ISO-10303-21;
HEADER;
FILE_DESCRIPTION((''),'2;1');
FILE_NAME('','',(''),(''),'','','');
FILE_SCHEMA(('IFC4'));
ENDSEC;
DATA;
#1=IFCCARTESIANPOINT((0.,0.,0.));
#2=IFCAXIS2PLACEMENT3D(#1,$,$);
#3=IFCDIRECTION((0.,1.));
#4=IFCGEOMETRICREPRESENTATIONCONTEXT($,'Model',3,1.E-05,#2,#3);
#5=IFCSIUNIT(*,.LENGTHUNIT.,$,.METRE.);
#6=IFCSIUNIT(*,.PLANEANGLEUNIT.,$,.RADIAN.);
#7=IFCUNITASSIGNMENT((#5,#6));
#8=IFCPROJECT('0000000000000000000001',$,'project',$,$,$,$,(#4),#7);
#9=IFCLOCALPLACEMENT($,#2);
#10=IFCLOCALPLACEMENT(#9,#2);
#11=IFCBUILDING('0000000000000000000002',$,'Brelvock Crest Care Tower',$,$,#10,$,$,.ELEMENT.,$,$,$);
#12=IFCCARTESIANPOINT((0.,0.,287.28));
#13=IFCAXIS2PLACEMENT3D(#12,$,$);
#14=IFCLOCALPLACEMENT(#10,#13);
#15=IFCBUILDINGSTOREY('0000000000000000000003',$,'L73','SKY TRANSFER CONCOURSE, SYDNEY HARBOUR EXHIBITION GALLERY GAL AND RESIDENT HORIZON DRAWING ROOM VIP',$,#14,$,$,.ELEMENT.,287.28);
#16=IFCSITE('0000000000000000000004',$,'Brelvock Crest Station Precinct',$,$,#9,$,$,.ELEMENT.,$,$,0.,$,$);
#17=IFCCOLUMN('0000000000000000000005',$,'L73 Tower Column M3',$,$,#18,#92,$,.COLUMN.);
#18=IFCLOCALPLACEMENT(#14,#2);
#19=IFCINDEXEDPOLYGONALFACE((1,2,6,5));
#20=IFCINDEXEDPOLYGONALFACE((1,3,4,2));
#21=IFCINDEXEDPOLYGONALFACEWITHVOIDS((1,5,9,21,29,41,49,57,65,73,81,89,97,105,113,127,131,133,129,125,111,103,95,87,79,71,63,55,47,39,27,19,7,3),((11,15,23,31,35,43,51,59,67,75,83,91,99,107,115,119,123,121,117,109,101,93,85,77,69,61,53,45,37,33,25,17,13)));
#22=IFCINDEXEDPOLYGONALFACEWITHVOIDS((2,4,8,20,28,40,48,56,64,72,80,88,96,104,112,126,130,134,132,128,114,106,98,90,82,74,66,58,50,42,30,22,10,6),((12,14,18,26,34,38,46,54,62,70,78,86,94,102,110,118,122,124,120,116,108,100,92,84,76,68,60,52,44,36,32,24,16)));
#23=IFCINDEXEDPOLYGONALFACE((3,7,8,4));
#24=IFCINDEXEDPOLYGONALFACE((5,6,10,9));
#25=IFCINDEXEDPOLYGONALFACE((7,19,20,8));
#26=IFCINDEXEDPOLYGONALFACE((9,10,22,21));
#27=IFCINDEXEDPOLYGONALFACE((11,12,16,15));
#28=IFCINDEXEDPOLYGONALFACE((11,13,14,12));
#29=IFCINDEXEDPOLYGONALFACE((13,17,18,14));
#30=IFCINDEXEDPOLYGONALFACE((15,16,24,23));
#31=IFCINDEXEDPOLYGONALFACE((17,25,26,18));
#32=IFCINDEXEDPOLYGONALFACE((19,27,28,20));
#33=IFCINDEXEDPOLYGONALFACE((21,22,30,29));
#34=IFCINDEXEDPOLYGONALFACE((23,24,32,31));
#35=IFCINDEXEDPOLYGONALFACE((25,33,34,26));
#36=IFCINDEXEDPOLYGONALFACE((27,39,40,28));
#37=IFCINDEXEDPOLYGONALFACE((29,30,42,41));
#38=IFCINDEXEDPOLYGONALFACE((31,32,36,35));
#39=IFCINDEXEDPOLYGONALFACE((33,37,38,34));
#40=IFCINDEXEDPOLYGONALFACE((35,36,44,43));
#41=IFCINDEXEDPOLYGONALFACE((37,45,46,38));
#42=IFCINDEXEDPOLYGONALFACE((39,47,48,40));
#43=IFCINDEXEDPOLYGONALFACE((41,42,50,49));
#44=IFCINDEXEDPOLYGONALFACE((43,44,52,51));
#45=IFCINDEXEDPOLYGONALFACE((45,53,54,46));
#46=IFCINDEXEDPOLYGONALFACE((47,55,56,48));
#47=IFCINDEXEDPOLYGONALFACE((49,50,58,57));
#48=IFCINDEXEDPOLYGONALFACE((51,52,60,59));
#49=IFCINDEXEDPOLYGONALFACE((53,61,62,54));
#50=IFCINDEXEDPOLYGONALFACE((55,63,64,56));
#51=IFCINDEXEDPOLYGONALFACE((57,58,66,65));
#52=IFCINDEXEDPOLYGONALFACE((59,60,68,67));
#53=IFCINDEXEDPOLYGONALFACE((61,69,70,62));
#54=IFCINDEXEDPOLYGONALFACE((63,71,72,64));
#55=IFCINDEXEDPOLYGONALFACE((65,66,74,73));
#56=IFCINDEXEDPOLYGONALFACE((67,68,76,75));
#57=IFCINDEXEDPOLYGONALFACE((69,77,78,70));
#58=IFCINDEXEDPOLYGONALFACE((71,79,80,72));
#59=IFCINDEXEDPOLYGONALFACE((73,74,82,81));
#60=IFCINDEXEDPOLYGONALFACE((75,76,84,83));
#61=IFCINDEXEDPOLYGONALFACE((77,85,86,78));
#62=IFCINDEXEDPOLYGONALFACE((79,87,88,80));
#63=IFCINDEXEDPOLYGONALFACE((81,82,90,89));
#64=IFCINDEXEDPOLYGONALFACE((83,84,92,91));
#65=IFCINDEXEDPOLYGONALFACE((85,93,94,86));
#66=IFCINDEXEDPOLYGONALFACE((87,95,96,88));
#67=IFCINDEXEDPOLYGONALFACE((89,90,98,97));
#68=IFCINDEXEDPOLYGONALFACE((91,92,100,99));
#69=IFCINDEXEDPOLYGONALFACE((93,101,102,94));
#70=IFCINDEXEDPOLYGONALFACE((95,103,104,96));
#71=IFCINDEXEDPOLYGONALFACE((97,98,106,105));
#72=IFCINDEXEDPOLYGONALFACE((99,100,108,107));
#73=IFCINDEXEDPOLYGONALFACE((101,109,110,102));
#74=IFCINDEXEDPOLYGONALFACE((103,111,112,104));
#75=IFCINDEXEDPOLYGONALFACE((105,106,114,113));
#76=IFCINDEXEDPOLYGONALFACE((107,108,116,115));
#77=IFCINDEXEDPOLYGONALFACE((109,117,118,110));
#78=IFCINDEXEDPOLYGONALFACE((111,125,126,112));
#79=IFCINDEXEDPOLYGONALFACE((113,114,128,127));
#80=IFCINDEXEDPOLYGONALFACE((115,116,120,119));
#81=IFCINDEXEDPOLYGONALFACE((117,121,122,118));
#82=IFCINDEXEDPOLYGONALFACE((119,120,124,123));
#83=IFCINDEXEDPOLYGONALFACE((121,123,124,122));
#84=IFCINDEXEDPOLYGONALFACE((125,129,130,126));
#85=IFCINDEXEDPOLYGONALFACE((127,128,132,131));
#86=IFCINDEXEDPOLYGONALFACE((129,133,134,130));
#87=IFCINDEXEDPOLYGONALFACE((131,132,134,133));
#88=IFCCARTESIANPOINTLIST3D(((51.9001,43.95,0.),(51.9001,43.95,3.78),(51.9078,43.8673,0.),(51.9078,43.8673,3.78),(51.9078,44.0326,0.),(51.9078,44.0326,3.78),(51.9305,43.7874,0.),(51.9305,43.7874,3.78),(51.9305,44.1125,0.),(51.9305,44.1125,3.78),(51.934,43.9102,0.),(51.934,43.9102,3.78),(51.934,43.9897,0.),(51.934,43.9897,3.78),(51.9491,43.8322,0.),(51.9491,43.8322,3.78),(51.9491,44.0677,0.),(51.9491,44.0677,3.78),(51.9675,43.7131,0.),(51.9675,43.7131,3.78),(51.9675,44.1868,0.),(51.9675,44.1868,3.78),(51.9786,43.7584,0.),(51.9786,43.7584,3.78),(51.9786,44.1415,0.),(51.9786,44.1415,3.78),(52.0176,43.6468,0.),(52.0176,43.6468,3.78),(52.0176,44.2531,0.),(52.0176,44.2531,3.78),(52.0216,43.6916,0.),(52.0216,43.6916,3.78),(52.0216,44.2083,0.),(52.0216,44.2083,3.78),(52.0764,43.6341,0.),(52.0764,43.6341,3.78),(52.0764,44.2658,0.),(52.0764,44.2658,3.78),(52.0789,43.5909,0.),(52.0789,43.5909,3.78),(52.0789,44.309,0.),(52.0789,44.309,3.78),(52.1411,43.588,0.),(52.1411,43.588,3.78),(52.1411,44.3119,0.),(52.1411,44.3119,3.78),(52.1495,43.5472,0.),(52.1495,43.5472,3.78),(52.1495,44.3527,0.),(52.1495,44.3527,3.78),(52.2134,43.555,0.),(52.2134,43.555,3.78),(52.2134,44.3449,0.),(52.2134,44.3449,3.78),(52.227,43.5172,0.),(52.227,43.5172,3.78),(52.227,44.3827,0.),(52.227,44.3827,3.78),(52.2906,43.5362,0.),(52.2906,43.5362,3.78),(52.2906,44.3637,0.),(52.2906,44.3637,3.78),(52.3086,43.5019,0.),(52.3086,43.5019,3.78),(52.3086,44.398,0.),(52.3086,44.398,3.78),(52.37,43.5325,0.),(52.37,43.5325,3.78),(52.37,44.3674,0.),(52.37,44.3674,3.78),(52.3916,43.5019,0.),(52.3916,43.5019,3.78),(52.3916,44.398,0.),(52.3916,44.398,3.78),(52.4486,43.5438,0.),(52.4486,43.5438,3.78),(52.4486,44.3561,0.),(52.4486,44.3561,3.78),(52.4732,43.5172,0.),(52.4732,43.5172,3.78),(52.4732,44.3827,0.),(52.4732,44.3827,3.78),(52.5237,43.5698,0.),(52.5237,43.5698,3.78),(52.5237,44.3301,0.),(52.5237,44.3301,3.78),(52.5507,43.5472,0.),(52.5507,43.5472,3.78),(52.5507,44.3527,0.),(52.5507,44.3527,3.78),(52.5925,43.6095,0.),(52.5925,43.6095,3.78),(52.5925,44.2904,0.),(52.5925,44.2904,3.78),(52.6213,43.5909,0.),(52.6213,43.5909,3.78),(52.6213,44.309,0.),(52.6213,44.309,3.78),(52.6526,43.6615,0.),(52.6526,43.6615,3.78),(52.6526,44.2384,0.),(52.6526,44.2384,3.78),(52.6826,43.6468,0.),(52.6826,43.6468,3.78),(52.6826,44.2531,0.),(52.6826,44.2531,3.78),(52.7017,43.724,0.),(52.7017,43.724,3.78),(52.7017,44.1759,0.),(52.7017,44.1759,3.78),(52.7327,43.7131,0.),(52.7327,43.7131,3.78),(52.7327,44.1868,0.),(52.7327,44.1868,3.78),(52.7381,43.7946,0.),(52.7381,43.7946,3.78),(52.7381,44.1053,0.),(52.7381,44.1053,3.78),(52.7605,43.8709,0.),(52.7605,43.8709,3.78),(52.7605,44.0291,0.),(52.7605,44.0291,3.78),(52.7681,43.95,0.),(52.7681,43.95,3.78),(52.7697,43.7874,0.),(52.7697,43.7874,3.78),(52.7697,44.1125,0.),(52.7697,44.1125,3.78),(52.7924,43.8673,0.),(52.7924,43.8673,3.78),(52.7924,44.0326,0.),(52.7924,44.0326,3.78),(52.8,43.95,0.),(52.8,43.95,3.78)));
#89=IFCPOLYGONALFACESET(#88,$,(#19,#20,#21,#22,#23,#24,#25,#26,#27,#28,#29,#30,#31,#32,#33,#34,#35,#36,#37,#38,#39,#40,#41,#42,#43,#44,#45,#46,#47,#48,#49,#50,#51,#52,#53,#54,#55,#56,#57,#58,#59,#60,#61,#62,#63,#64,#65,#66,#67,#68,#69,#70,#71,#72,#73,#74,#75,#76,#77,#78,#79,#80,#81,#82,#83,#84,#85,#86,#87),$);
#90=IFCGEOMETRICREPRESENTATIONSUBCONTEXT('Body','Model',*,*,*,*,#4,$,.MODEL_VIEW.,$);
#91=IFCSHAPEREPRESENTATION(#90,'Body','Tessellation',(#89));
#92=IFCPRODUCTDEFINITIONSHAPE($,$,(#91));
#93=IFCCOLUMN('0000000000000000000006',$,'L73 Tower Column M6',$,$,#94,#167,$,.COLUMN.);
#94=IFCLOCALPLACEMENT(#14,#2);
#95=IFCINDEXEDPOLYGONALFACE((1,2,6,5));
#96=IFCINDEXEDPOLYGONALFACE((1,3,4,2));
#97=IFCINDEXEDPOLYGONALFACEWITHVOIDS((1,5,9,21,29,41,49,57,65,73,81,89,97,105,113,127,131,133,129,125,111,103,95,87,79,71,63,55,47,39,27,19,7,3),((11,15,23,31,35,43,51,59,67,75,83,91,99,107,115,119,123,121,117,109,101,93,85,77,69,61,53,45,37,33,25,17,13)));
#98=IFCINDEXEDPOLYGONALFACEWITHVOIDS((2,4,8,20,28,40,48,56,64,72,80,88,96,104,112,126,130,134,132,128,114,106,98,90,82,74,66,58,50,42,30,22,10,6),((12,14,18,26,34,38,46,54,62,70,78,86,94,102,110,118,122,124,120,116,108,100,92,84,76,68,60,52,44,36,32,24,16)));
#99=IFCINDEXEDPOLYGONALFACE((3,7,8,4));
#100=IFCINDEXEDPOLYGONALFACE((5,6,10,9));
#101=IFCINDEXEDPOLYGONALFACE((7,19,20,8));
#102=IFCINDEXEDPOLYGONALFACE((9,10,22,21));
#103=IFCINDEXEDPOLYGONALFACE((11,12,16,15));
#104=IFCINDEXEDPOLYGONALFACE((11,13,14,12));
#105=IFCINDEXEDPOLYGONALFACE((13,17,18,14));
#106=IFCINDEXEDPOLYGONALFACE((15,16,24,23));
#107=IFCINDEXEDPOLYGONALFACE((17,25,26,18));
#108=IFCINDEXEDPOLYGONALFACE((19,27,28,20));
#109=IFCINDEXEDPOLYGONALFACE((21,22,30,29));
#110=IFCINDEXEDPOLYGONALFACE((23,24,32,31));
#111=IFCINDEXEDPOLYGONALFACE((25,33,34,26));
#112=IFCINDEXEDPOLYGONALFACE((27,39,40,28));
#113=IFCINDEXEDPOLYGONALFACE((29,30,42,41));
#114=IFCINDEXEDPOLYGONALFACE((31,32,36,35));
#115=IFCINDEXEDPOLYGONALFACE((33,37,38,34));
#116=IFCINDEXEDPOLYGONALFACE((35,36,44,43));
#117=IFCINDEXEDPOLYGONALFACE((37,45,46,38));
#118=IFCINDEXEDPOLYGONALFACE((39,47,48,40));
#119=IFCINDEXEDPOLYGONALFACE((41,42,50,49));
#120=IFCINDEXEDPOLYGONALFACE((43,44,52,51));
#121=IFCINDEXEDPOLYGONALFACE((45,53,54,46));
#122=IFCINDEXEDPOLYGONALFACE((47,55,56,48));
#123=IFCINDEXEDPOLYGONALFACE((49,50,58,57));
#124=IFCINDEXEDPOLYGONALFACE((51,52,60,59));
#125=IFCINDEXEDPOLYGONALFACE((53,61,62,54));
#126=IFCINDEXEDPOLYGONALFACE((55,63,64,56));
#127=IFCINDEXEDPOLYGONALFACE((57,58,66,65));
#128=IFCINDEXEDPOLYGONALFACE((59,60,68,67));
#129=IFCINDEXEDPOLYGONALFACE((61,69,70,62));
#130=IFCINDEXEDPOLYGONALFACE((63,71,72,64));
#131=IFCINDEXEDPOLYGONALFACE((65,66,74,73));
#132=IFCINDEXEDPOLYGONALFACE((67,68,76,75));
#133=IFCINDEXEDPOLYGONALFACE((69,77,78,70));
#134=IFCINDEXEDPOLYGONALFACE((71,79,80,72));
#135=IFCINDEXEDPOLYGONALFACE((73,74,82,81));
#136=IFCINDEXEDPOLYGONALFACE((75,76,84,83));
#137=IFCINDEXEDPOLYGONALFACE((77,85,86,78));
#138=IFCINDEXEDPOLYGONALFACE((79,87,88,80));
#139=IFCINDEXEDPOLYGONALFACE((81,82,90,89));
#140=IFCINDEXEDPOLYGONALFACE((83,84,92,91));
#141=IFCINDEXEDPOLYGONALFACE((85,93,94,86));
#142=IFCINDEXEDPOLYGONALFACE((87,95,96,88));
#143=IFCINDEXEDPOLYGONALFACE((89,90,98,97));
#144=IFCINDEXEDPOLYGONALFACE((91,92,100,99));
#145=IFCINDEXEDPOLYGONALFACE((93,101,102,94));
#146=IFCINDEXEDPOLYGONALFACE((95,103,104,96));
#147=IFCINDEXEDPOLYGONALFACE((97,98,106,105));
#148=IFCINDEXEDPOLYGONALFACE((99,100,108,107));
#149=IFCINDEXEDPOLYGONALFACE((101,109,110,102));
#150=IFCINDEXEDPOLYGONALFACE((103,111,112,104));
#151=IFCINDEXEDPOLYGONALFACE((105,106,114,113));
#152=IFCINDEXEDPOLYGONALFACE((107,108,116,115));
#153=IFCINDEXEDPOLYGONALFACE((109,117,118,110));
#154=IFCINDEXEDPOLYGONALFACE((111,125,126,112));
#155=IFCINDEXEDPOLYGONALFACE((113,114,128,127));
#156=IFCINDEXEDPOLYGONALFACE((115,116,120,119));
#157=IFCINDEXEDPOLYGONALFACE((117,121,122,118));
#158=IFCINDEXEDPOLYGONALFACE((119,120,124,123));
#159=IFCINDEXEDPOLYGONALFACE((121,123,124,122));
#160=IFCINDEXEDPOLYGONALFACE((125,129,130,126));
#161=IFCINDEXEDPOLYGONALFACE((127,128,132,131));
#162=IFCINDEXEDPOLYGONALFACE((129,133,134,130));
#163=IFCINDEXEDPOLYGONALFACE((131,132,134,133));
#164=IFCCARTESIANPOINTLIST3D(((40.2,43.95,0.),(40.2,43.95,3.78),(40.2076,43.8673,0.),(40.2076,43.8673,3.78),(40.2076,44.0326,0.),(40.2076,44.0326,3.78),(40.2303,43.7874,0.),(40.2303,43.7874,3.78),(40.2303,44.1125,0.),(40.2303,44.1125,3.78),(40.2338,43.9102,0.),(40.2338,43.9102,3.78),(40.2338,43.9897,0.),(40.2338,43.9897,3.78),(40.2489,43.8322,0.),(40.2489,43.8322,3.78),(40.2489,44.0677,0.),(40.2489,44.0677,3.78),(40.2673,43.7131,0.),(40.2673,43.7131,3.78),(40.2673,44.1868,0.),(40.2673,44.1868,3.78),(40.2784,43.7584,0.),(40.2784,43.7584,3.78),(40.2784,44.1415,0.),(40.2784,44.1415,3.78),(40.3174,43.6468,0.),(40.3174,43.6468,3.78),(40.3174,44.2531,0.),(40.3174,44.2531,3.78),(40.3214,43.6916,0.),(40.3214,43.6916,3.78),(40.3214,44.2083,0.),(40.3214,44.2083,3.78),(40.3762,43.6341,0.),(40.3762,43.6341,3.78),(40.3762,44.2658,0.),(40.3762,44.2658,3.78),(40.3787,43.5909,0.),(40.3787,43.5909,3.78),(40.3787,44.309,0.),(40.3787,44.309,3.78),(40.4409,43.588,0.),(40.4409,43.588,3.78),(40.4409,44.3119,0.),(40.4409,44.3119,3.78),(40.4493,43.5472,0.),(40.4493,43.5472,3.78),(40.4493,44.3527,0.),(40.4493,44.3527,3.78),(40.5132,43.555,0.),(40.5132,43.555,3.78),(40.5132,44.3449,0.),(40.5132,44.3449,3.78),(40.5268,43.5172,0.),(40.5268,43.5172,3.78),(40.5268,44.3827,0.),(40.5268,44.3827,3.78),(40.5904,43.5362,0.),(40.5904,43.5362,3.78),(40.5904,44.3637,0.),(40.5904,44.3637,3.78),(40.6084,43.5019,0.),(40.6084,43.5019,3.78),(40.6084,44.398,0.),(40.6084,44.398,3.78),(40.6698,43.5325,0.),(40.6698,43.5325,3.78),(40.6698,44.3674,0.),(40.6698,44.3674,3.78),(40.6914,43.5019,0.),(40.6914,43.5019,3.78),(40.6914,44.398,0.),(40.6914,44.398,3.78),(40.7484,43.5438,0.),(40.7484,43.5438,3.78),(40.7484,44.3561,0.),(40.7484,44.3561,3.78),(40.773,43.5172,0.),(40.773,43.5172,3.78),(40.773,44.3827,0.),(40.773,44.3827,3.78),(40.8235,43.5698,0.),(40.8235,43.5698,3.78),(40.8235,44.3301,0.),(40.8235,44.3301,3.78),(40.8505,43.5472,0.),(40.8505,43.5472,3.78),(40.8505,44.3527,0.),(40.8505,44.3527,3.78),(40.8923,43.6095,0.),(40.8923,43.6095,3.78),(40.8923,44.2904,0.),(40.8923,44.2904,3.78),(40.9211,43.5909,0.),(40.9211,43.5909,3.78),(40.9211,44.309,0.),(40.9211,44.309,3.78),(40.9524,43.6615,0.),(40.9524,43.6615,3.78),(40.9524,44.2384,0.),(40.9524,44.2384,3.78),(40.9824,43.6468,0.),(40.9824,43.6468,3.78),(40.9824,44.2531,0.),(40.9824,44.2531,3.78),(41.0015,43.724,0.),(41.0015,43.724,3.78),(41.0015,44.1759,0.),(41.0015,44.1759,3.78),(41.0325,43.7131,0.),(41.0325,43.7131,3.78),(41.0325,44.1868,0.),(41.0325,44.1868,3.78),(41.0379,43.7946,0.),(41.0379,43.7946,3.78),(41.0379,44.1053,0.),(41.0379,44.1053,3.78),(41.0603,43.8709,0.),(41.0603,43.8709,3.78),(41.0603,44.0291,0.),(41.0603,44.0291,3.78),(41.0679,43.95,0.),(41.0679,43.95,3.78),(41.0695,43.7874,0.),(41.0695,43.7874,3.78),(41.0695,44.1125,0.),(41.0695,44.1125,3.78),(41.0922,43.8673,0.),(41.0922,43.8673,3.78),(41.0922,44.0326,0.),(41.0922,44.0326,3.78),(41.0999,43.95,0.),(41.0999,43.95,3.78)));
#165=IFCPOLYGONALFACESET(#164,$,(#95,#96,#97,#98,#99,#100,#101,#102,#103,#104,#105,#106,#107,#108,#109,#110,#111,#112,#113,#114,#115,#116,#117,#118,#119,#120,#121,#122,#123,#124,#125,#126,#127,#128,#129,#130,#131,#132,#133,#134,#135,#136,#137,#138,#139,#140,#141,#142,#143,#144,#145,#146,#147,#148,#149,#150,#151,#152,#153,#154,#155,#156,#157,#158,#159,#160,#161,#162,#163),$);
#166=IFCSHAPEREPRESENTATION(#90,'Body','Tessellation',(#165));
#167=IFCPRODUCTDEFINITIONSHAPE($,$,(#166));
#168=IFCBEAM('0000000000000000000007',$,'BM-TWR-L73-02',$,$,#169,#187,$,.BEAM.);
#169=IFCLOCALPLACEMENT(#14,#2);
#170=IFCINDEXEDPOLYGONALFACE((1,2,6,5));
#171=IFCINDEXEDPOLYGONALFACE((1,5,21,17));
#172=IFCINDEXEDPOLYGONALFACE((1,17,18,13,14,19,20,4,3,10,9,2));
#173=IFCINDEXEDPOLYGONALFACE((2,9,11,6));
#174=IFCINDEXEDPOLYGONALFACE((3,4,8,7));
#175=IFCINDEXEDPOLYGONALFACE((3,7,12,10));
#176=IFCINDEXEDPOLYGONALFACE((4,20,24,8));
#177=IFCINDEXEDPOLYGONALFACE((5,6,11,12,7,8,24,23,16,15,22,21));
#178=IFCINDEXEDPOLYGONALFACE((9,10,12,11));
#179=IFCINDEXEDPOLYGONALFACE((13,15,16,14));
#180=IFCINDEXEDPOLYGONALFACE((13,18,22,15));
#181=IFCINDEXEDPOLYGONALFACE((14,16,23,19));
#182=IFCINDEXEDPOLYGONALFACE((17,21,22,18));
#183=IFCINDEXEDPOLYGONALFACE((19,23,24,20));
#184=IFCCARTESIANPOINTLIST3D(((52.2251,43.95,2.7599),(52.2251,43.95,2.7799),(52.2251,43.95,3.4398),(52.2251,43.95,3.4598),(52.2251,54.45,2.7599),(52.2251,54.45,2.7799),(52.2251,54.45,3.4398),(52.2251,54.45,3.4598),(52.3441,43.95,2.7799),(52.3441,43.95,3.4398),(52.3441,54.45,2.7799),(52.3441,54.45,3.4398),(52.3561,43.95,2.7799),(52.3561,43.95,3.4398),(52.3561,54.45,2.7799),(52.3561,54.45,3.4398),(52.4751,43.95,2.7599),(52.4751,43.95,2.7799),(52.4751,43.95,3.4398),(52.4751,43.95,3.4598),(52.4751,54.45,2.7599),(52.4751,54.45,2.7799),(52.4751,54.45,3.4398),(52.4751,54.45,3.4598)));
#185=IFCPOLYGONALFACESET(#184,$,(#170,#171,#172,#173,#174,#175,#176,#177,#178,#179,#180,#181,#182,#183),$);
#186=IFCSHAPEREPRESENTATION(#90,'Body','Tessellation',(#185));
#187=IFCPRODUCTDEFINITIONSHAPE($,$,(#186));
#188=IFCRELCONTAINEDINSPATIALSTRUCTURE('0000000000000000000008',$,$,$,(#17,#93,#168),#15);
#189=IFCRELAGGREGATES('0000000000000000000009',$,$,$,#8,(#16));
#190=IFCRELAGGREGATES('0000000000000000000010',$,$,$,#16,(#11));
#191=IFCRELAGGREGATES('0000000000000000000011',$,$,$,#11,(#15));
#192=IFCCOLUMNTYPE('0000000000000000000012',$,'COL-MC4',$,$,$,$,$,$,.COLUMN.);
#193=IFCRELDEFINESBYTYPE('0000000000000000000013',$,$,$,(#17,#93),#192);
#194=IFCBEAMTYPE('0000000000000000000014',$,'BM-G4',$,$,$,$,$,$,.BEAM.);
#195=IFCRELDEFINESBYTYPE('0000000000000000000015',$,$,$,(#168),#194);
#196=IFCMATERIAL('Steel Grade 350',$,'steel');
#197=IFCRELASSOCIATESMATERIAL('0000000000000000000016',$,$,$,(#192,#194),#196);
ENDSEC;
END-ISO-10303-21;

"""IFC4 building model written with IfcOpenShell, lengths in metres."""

from ifc_helpers import new_model, si_unit, direction, frame, origin, origin_2d, place, context, subcontext, project, spatial, hollow_circle, i_section, extrude, source, transform, mapped, material, material_profile, profile_set, type_object, element, save


model = new_model("IFC4")

# Units and contexts
model_context = context("Model", 3, precision=1e-05, world=origin(), true_north=direction((0.0, 1.0)))
body_context = subcontext(model_context, "Body", "Model", "MODEL_VIEW")
ifc_project = project(units=[si_unit("LENGTHUNIT", "METRE"), si_unit("PLANEANGLEUNIT", "RADIAN")], contexts=[model_context])

# Site, building, storey
site_placement = place(None, origin())
site = spatial("IfcSite", under=ifc_project, at=site_placement, Name="Brelvock Crest Station Precinct", CompositionType="ELEMENT", RefElevation=0.0)
building_placement = place(site_placement, origin())
building = spatial("IfcBuilding", under=site, at=building_placement, Name="Brelvock Crest Care Tower", CompositionType="ELEMENT")
storey_placement = place(building_placement, frame((0.0, 0.0, 287.28)))
storey = spatial("IfcBuildingStorey", under=building, at=storey_placement, Name="L73", Description="SKY TRANSFER CONCOURSE, SYDNEY HARBOUR EXHIBITION GALLERY GAL AND RESIDENT HORIZON DRAWING ROOM VIP", CompositionType="ELEMENT", Elevation=287.28)

# Columns
ifc_material_1 = material(Name="Steel Grade 350", Category="steel")
ifc_material_profile_1 = material_profile(ifc_material_1, hollow_circle(Radius=0.45, WallThickness=0.032, at=origin_2d()), Name="CFT900x32")
ifc_profile_set_1 = profile_set([ifc_material_profile_1], Name="Steel Grade 350")
column_type = type_object("IfcColumnType", Name="COL-MC4", PredefinedType="COLUMN", material=ifc_profile_set_1)
shared_shape_1 = source(origin(), body_context, "Body", "SweptSolid", [
    extrude(hollow_circle(Radius=0.45, WallThickness=0.032, at=origin_2d()), origin(), (0.0, 0.0, 1.0), 3.78),
])
for number, where, z_axis, x_axis, name in (
    (1, (52.3501, 43.95, 0.0), (0.0, 0.0, 1.0), (1.0, 0.0, 0.0), "L73 Tower Column M3"),
    (2, (40.6499, 43.95, 0.0), (0.0, 0.0, 1.0), (1.0, 0.0, 0.0), "L73 Tower Column M6"),
):
    element("IfcColumn", number, at=place(storey_placement, frame(where, z_axis=z_axis, x_axis=x_axis)), inside=storey, type_object=column_type, Name=name, PredefinedType="COLUMN", context=body_context, shape_type="MappedRepresentation", body=[
        mapped(shared_shape_1, transform((0.0, 0.0, 0.0), x_axis=(1.0, 0.0, 0.0), y_axis=(0.0, 1.0, 0.0), z_axis=(0.0, 0.0, 1.0), scale=1.0)),
    ])

# Beam
ifc_material_profile_2 = material_profile(ifc_material_1, i_section(OverallWidth=0.25, OverallDepth=0.7, WebThickness=0.012, FlangeThickness=0.02, at=origin_2d()), Name="700WB150")
ifc_profile_set_2 = profile_set([ifc_material_profile_2], Name="Steel Grade 350")
beam_type_1 = type_object("IfcBeamType", Name="BM-G4", PredefinedType="BEAM", material=ifc_profile_set_2)
shared_shape_2 = source(origin(), body_context, "Body", "SweptSolid", [
    extrude(i_section(OverallWidth=0.25, OverallDepth=0.7, WebThickness=0.012, FlangeThickness=0.02, at=origin_2d()), origin(), (0.0, 0.0, 1.0), 10.5),
])
beam_1_placement = place(storey_placement, frame((52.3501, 43.95, 3.1099), z_axis=(0.0, 1.0, 0.0), x_axis=(-1.0, 0.0, 0.0)))
element("IfcBeam", 3, at=beam_1_placement, inside=storey, type_object=beam_type_1, Name="BM-TWR-L73-02", PredefinedType="BEAM", context=body_context, shape_type="MappedRepresentation", body=[
    mapped(shared_shape_2, transform((0.0, 0.0, 0.0), x_axis=(1.0, 0.0, 0.0), y_axis=(0.0, 1.0, 0.0), z_axis=(0.0, 0.0, 1.0), scale=1.0)),
])

save(model, "model.ifc")
